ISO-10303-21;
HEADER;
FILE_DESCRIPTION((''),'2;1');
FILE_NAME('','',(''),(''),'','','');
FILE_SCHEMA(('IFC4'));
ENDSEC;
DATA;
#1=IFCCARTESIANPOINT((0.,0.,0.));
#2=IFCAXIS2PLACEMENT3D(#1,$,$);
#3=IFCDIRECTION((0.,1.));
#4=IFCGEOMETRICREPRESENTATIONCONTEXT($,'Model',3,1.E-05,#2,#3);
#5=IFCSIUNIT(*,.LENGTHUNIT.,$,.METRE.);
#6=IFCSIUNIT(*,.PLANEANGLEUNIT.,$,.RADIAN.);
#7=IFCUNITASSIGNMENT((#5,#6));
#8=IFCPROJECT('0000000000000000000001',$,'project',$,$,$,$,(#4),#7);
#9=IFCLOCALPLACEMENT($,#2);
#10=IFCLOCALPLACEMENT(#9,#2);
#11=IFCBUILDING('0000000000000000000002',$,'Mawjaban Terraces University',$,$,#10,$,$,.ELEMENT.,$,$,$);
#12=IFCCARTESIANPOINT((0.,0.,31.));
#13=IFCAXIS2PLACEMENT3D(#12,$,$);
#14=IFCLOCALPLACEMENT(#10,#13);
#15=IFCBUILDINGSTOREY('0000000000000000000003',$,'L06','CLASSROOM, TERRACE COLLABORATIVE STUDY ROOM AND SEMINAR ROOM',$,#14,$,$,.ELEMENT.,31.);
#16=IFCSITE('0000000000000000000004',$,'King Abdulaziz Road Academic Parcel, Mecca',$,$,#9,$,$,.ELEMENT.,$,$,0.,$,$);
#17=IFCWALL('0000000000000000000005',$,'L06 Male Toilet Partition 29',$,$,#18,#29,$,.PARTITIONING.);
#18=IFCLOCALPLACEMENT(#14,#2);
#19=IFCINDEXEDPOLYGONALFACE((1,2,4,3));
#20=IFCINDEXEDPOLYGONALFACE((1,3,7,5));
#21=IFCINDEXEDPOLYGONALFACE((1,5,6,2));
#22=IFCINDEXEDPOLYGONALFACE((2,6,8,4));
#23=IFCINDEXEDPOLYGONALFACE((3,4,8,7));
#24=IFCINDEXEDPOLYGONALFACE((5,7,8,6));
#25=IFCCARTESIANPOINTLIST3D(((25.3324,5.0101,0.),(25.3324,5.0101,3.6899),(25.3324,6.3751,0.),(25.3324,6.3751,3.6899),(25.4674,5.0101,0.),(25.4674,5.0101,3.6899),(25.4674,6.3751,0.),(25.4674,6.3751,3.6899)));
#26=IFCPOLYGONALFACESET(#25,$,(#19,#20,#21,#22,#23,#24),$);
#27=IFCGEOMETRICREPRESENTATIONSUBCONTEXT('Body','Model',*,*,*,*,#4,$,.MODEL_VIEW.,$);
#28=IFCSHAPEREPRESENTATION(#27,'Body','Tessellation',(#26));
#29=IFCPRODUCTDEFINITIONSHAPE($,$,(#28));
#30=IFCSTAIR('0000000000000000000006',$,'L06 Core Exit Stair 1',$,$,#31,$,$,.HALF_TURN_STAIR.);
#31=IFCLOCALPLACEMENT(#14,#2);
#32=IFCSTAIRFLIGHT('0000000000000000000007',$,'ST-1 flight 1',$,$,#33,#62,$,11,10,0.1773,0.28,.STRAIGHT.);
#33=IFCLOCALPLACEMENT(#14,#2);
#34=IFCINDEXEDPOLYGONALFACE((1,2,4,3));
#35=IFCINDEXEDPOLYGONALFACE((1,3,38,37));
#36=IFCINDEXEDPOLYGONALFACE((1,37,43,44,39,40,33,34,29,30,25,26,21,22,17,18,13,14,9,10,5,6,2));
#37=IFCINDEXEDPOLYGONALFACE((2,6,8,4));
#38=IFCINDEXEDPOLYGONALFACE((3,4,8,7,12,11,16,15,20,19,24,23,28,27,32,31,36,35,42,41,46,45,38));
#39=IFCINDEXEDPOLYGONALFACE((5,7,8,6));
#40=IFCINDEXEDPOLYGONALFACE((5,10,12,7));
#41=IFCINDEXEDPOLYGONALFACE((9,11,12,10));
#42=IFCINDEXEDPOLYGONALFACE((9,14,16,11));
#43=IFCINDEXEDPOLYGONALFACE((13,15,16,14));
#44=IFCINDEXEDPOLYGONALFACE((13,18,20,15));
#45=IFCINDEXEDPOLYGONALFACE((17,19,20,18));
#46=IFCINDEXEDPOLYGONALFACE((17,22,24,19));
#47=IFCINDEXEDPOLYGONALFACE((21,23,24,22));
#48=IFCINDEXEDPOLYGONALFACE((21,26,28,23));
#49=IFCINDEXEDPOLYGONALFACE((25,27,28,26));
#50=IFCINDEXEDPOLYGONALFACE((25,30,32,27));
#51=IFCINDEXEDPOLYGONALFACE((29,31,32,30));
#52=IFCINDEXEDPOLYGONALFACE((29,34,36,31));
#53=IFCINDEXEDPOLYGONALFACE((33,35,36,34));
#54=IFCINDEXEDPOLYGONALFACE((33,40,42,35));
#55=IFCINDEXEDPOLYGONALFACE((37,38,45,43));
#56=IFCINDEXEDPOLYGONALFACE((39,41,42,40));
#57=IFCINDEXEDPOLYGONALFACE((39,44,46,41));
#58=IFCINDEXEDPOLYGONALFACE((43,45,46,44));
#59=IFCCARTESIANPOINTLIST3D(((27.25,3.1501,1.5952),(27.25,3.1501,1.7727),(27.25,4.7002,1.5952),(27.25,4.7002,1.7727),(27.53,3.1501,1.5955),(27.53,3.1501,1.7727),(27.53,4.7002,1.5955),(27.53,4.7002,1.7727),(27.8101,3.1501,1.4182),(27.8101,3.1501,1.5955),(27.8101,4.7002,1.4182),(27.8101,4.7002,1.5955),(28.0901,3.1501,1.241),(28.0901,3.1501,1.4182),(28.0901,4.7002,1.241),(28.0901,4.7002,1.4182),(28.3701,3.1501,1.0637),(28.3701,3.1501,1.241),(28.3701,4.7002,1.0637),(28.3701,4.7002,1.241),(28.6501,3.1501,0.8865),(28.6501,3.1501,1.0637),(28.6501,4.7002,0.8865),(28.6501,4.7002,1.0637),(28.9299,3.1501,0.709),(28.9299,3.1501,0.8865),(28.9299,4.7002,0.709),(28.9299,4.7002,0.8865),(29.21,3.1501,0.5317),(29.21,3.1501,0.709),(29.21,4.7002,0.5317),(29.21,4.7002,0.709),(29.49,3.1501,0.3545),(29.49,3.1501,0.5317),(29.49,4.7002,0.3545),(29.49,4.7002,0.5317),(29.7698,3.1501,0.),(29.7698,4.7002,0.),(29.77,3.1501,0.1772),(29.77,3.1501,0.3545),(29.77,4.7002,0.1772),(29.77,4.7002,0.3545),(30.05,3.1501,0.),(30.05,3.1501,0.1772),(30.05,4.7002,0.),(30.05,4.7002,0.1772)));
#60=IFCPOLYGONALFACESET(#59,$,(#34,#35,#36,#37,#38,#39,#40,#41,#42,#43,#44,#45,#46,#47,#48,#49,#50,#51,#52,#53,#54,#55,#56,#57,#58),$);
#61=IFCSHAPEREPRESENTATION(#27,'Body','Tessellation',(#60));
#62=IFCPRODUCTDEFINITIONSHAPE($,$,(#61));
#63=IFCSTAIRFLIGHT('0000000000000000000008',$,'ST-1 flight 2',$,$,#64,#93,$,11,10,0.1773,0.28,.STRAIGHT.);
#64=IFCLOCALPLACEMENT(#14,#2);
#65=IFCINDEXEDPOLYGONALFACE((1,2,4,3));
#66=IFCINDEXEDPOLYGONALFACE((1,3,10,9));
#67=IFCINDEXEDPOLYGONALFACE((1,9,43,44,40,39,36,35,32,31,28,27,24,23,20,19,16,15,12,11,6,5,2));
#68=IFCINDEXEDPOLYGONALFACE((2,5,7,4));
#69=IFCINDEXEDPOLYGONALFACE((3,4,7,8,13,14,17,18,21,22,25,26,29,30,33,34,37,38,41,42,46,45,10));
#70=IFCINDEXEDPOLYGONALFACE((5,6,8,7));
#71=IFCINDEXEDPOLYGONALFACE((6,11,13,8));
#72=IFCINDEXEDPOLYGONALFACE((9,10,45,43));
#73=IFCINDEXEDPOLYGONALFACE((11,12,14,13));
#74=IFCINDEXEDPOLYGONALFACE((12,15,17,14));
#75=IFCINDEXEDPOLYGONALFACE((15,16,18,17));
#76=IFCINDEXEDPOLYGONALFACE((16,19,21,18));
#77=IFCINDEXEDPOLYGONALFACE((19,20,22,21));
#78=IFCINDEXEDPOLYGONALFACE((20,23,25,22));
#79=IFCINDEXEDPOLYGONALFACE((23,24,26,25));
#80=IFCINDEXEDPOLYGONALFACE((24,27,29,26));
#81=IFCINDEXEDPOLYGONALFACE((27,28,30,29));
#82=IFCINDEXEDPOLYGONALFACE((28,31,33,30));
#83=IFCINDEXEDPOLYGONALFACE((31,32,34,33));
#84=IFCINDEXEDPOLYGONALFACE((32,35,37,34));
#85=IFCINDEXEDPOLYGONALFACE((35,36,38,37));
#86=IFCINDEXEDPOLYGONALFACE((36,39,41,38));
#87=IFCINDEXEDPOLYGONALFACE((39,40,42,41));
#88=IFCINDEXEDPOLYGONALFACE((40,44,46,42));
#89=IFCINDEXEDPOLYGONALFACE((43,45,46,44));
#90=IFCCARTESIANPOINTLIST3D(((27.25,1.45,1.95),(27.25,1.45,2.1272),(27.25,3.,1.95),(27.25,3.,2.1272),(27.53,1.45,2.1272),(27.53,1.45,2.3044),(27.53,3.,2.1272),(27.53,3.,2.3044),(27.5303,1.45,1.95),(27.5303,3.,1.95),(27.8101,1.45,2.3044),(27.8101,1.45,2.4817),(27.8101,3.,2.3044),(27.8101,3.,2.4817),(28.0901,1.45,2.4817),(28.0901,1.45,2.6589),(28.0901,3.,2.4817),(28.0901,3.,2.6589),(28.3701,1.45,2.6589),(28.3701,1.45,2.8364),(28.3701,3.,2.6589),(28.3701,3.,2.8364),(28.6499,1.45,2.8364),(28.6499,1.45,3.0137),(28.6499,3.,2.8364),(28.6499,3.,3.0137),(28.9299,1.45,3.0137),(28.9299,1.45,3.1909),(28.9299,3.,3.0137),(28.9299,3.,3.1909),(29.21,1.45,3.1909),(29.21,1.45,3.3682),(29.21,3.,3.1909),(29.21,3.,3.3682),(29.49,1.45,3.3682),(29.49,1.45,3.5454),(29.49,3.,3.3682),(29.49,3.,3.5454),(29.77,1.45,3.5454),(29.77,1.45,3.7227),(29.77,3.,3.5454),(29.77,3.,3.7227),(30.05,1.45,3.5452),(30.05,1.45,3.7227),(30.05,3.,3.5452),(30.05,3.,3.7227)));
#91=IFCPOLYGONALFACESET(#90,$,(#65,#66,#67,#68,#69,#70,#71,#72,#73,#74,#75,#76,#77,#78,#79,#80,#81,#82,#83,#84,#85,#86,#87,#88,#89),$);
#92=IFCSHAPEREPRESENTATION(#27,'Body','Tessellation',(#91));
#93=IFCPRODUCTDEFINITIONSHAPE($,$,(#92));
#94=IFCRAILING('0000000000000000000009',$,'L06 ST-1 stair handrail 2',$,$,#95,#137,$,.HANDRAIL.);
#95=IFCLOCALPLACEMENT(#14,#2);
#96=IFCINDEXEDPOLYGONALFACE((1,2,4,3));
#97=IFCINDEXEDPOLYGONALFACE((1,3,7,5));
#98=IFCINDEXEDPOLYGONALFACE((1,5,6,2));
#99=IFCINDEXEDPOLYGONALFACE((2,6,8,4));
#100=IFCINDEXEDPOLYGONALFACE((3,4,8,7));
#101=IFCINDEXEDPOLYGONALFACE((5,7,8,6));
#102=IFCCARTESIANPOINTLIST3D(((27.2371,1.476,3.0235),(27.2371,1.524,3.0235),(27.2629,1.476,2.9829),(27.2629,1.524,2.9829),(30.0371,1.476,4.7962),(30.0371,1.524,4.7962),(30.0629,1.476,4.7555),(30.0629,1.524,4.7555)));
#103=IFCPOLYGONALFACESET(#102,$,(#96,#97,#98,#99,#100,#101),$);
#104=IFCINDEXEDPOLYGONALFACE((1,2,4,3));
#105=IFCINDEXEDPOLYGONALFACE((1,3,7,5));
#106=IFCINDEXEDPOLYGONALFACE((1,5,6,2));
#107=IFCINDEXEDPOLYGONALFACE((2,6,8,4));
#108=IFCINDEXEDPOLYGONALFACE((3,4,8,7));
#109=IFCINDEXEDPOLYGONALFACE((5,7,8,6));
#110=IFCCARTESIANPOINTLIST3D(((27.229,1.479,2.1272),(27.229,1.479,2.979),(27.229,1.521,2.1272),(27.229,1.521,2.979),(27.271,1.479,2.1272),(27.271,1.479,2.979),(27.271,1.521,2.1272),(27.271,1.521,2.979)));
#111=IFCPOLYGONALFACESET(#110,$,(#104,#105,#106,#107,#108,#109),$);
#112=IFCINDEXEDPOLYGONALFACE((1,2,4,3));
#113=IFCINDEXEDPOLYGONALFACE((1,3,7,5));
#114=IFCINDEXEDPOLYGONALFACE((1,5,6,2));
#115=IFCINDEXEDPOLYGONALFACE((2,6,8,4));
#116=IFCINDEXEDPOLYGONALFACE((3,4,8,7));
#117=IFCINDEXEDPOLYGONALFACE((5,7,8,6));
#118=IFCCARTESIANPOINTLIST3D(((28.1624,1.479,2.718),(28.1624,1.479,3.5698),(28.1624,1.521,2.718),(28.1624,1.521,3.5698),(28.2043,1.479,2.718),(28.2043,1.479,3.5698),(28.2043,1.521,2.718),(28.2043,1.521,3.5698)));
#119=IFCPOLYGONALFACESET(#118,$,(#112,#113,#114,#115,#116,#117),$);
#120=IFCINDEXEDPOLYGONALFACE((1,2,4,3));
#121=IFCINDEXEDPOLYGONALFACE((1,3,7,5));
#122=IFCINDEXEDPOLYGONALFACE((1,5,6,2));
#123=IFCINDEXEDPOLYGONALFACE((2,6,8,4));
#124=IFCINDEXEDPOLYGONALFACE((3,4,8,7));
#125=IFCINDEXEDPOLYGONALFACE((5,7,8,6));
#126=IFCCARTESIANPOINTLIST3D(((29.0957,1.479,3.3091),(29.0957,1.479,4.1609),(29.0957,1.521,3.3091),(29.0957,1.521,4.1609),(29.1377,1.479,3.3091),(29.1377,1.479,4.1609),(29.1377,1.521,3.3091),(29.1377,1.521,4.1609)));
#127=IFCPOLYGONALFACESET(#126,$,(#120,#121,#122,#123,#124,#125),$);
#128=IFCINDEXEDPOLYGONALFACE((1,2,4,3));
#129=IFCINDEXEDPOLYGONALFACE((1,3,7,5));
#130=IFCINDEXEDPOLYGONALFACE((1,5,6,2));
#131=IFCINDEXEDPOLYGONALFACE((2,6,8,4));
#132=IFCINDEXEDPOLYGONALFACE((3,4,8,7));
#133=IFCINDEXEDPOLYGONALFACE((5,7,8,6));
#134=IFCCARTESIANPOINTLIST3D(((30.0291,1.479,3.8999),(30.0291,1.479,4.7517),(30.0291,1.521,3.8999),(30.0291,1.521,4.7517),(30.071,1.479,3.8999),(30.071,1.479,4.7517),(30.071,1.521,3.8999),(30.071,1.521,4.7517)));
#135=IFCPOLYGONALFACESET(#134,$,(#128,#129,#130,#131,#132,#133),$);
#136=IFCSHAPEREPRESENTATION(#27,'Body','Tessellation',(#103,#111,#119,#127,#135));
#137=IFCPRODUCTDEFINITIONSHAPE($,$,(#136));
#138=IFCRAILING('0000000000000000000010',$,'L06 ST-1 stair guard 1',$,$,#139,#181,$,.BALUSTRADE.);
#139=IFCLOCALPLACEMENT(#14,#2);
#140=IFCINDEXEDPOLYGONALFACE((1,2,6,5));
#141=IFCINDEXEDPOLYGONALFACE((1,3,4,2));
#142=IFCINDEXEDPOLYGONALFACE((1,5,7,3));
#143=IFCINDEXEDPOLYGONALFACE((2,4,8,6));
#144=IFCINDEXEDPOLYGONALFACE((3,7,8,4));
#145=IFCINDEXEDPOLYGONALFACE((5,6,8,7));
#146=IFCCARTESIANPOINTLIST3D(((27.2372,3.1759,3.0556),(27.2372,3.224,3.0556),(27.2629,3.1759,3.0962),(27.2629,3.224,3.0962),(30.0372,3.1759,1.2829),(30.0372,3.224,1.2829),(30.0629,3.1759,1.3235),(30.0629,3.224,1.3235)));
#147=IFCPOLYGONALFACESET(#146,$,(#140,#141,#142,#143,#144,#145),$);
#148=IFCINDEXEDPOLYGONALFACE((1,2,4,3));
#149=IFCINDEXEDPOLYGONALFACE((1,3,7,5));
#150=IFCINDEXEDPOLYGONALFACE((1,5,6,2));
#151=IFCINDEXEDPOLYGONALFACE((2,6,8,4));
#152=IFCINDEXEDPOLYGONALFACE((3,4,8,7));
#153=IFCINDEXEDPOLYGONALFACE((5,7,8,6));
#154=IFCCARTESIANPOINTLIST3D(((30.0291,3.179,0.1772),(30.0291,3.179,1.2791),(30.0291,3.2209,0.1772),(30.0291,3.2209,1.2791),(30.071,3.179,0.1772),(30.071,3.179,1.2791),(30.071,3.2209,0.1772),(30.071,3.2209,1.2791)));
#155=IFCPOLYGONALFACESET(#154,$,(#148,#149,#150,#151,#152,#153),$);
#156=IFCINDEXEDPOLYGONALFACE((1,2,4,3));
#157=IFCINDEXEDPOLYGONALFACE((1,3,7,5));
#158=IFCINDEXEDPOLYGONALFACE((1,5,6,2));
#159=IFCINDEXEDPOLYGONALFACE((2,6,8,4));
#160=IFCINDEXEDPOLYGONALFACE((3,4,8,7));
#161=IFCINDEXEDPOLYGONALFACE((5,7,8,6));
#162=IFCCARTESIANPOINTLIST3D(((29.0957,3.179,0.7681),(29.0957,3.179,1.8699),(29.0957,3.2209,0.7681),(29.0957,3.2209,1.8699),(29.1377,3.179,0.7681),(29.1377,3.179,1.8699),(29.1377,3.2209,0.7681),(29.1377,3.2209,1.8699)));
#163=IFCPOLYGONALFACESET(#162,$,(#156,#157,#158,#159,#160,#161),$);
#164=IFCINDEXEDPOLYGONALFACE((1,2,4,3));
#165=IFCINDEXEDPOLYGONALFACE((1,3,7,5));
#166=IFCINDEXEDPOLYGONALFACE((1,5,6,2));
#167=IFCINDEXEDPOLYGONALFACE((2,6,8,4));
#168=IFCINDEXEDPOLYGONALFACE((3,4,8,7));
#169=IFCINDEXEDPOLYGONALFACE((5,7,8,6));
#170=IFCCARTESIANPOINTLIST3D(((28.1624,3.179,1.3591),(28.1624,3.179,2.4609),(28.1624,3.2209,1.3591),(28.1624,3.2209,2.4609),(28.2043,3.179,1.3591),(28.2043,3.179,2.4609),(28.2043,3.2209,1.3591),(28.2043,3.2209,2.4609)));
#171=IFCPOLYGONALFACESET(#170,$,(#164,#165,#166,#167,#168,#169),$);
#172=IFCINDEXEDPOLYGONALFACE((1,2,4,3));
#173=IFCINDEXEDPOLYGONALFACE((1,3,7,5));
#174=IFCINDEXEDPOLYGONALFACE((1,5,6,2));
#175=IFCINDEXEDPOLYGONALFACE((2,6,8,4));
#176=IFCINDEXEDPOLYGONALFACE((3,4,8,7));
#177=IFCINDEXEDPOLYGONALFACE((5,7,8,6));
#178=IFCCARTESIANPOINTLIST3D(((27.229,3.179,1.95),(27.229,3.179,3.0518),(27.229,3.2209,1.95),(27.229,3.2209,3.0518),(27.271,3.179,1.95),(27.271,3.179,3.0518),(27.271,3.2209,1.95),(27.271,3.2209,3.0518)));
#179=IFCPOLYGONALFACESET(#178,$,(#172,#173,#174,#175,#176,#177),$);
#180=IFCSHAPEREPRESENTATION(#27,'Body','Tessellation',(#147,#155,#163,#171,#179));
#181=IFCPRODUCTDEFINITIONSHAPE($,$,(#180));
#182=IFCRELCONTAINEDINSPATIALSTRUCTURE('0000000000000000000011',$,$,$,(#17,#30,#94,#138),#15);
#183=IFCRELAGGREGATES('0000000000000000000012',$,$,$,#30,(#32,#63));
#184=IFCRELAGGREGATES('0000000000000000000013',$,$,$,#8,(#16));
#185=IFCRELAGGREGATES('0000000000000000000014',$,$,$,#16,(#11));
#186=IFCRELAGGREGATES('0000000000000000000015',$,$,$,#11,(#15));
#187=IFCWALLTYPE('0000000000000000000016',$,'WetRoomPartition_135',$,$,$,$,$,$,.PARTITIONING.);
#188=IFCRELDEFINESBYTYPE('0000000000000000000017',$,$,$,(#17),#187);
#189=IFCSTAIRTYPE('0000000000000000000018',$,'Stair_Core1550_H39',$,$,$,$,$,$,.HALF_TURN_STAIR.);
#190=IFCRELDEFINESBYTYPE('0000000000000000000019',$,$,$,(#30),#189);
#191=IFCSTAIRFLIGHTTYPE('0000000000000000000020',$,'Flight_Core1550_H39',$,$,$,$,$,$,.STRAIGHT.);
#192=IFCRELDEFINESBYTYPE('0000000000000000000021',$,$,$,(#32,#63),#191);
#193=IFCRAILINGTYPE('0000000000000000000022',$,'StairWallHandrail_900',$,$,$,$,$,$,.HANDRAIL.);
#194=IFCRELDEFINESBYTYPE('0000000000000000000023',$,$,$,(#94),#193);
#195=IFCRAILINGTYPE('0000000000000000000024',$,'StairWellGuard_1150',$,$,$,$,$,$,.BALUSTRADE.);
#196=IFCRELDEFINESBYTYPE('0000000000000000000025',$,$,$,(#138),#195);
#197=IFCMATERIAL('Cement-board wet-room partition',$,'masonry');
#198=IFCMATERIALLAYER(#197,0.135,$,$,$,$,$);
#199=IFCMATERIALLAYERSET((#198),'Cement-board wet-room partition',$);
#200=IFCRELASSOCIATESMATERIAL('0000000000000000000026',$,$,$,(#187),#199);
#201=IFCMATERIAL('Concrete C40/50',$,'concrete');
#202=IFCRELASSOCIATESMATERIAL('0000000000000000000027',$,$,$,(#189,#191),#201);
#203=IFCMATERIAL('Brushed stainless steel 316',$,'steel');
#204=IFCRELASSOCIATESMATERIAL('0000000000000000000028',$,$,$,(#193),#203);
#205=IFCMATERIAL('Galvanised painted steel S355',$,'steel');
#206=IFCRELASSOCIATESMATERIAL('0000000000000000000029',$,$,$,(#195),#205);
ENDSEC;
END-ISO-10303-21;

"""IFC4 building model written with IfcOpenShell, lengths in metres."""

from ifc_helpers import new_model, si_unit, direction, frame, frame_2d, origin, origin_2d, place, context, subcontext, project, spatial, polyline, rectangle, outline, extrude, material, layer, layer_set, type_object, element, aggregate, save


model = new_model("IFC4")

# Units and contexts
model_context = context("Model", 3, precision=1e-05, world=origin(), true_north=direction((0.0, 1.0)))
body_context = subcontext(model_context, "Body", "Model", "MODEL_VIEW")
ifc_project = project(units=[si_unit("LENGTHUNIT", "METRE"), si_unit("PLANEANGLEUNIT", "RADIAN")], contexts=[model_context])

# Site, building, storey
site_placement = place(None, origin())
site = spatial("IfcSite", under=ifc_project, at=site_placement, Name="King Abdulaziz Road Academic Parcel, Mecca", CompositionType="ELEMENT", RefElevation=0.0)
building_placement = place(site_placement, origin())
building = spatial("IfcBuilding", under=site, at=building_placement, Name="Mawjaban Terraces University", CompositionType="ELEMENT")
storey_placement = place(building_placement, frame((0.0, 0.0, 31.0)))
storey = spatial("IfcBuildingStorey", under=building, at=storey_placement, Name="L06", Description="CLASSROOM, TERRACE COLLABORATIVE STUDY ROOM AND SEMINAR ROOM", CompositionType="ELEMENT", Elevation=31.0)

# Wall
ifc_material_1 = material(Name="Cement-board wet-room partition", Category="masonry")
ifc_layer_1 = layer(ifc_material_1, 0.135)
ifc_layer_set_1 = layer_set([ifc_layer_1], Name="Cement-board wet-room partition")
wall_type_1 = type_object("IfcWallType", Name="WetRoomPartition_135", PredefinedType="PARTITIONING", material=ifc_layer_set_1)
wall_1_placement = place(storey_placement, frame((25.3999, 5.01, 0.0), z_axis=(0.0, 0.0, 1.0), x_axis=(0.0, 1.0, 0.0)))
element("IfcWall", 1, at=wall_1_placement, inside=storey, type_object=wall_type_1, Name="L06 Male Toilet Partition 29", PredefinedType="PARTITIONING", context=body_context, shape_type="SweptSolid", body=[
    extrude(rectangle(XDim=1.365, YDim=0.135, at=frame_2d((0.6826, 0.0))), origin(), (0.0, 0.0, 1.0), 3.6899),
])

# Stair, stair flights
ifc_material_2 = material(Name="Concrete C40/50", Category="concrete")
stair_type = type_object("IfcStairType", Name="Stair_Core1550_H39", PredefinedType="HALF_TURN_STAIR", material=ifc_material_2)
stair_placement = place(storey_placement, origin())
stair = element("IfcStair", 2, at=stair_placement, inside=storey, type_object=stair_type, Name="L06 Core Exit Stair 1", PredefinedType="HALF_TURN_STAIR")
stair_flight_type = type_object("IfcStairFlightType", Name="Flight_Core1550_H39", PredefinedType="STRAIGHT", material=ifc_material_2)
stair_flight_1_placement = place(storey_placement, frame((30.05, 3.925, 0.0), z_axis=(0.0, 0.0, 1.0), x_axis=(-1.0, 0.0, 0.0)))
stair_flight_1 = element("IfcStairFlight", 3, at=stair_flight_1_placement, type_object=stair_flight_type, Name="ST-1 flight 1", NumberOfRisers=11, NumberOfTreads=10, PredefinedType="STRAIGHT", RiserHeight=0.1773, TreadLength=0.28, context=body_context, shape_type="SweptSolid", body=[
    extrude(outline(polyline([(0.0, 0.0), (0.0, 0.1772), (0.28, 0.1772), (0.28, 0.3545), (0.5601, 0.3545), (0.5601, 0.5317), (0.8401, 0.5317), (0.8401, 0.709), (1.1201, 0.709), (1.1201, 0.8865), (1.3999, 0.8865), (1.3999, 1.0637), (1.6799, 1.0637), (1.6799, 1.241), (1.96, 1.241), (1.96, 1.4182), (2.24, 1.4182), (2.24, 1.5955), (2.52, 1.5955), (2.52, 1.7727), (2.8, 1.7727), (2.8, 1.95), (2.8, 1.5952), (0.2803, 0.0), (0.0, 0.0)])), frame((0.0, 0.7749, 0.0), z_axis=(0.0, -1.0, 0.0), x_axis=(1.0, 0.0, 0.0)), (0.0, 0.0, 1.0), 1.55),
])
stair_flight_2_placement = place(storey_placement, frame((27.25, 2.2251, 1.95), z_axis=(0.0, 0.0, 1.0), x_axis=(1.0, 0.0, 0.0)))
stair_flight_2 = element("IfcStairFlight", 4, at=stair_flight_2_placement, type_object=stair_flight_type, Name="ST-1 flight 2", NumberOfRisers=11, NumberOfTreads=10, PredefinedType="STRAIGHT", RiserHeight=0.1773, TreadLength=0.28, context=body_context, shape_type="SweptSolid", body=[
    extrude(outline(polyline([(0.0, 0.0), (0.0, 0.1772), (0.28, 0.1772), (0.28, 0.3545), (0.5601, 0.3545), (0.5601, 0.5317), (0.8401, 0.5317), (0.8401, 0.709), (1.1201, 0.709), (1.1201, 0.8865), (1.3999, 0.8865), (1.3999, 1.0637), (1.6799, 1.0637), (1.6799, 1.241), (1.96, 1.241), (1.96, 1.4182), (2.24, 1.4182), (2.24, 1.5955), (2.52, 1.5955), (2.52, 1.7727), (2.8, 1.7727), (2.8, 1.95), (2.8, 1.5952), (0.2803, 0.0), (0.0, 0.0)])), frame((0.0, 0.7749, 0.0), z_axis=(0.0, -1.0, 0.0), x_axis=(1.0, 0.0, 0.0)), (0.0, 0.0, 1.0), 1.55),
])
aggregate(stair, [stair_flight_1, stair_flight_2])

# Railings
ifc_material_3 = material(Name="Brushed stainless steel 316", Category="steel")
railing_type_1 = type_object("IfcRailingType", Name="StairWallHandrail_900", PredefinedType="HANDRAIL", material=ifc_material_3)
railing_1_placement = place(storey_placement, frame((27.25, 1.5, 2.1272)))
element("IfcRailing", 5, at=railing_1_placement, inside=storey, type_object=railing_type_1, Name="L06 ST-1 stair handrail 2", PredefinedType="HANDRAIL", context=body_context, shape_type="SweptSolid", body=[
    extrude(rectangle(XDim=0.0481, YDim=0.0481, at=origin_2d()), frame((0.0, 0.0, 0.876), z_axis=(0.844909, 0.0, 0.53491), x_axis=(0.0, 1.0, 0.0)), (0.0, 0.0, 1.0), 3.314),
    extrude(rectangle(XDim=0.042, YDim=0.042, at=origin_2d()), origin(), (0.0, 0.0, 1.0), 0.8518),
    extrude(rectangle(XDim=0.042, YDim=0.042, at=origin_2d()), frame((0.9333, 0.0, 0.5908)), (0.0, 0.0, 1.0), 0.8518),
    extrude(rectangle(XDim=0.042, YDim=0.042, at=origin_2d()), frame((1.8667, 0.0, 1.1819)), (0.0, 0.0, 1.0), 0.8518),
    extrude(rectangle(XDim=0.042, YDim=0.042, at=origin_2d()), frame((2.8, 0.0, 1.7727)), (0.0, 0.0, 1.0), 0.8518),
])
ifc_material_4 = material(Name="Galvanised painted steel S355", Category="steel")
railing_type_2 = type_object("IfcRailingType", Name="StairWellGuard_1150", PredefinedType="BALUSTRADE", material=ifc_material_4)
railing_2_placement = place(storey_placement, frame((30.05, 3.2, 0.1772)))
element("IfcRailing", 6, at=railing_2_placement, inside=storey, type_object=railing_type_2, Name="L06 ST-1 stair guard 1", PredefinedType="BALUSTRADE", context=body_context, shape_type="SweptSolid", body=[
    extrude(rectangle(XDim=0.0481, YDim=0.0481, at=origin_2d()), frame((0.0, 0.0, 1.126), z_axis=(-0.844909, 0.0, 0.53491), x_axis=(0.0, -1.0, 0.0)), (0.0, 0.0, 1.0), 3.314),
    extrude(rectangle(XDim=0.042, YDim=0.042, at=origin_2d()), origin(), (0.0, 0.0, 1.0), 1.1018),
    extrude(rectangle(XDim=0.042, YDim=0.042, at=origin_2d()), frame((-0.9333, 0.0, 0.5908)), (0.0, 0.0, 1.0), 1.1018),
    extrude(rectangle(XDim=0.042, YDim=0.042, at=origin_2d()), frame((-1.8667, 0.0, 1.1819)), (0.0, 0.0, 1.0), 1.1018),
    extrude(rectangle(XDim=0.042, YDim=0.042, at=origin_2d()), frame((-2.8, 0.0, 1.7727)), (0.0, 0.0, 1.0), 1.1018),
])

save(model, "model.ifc")
